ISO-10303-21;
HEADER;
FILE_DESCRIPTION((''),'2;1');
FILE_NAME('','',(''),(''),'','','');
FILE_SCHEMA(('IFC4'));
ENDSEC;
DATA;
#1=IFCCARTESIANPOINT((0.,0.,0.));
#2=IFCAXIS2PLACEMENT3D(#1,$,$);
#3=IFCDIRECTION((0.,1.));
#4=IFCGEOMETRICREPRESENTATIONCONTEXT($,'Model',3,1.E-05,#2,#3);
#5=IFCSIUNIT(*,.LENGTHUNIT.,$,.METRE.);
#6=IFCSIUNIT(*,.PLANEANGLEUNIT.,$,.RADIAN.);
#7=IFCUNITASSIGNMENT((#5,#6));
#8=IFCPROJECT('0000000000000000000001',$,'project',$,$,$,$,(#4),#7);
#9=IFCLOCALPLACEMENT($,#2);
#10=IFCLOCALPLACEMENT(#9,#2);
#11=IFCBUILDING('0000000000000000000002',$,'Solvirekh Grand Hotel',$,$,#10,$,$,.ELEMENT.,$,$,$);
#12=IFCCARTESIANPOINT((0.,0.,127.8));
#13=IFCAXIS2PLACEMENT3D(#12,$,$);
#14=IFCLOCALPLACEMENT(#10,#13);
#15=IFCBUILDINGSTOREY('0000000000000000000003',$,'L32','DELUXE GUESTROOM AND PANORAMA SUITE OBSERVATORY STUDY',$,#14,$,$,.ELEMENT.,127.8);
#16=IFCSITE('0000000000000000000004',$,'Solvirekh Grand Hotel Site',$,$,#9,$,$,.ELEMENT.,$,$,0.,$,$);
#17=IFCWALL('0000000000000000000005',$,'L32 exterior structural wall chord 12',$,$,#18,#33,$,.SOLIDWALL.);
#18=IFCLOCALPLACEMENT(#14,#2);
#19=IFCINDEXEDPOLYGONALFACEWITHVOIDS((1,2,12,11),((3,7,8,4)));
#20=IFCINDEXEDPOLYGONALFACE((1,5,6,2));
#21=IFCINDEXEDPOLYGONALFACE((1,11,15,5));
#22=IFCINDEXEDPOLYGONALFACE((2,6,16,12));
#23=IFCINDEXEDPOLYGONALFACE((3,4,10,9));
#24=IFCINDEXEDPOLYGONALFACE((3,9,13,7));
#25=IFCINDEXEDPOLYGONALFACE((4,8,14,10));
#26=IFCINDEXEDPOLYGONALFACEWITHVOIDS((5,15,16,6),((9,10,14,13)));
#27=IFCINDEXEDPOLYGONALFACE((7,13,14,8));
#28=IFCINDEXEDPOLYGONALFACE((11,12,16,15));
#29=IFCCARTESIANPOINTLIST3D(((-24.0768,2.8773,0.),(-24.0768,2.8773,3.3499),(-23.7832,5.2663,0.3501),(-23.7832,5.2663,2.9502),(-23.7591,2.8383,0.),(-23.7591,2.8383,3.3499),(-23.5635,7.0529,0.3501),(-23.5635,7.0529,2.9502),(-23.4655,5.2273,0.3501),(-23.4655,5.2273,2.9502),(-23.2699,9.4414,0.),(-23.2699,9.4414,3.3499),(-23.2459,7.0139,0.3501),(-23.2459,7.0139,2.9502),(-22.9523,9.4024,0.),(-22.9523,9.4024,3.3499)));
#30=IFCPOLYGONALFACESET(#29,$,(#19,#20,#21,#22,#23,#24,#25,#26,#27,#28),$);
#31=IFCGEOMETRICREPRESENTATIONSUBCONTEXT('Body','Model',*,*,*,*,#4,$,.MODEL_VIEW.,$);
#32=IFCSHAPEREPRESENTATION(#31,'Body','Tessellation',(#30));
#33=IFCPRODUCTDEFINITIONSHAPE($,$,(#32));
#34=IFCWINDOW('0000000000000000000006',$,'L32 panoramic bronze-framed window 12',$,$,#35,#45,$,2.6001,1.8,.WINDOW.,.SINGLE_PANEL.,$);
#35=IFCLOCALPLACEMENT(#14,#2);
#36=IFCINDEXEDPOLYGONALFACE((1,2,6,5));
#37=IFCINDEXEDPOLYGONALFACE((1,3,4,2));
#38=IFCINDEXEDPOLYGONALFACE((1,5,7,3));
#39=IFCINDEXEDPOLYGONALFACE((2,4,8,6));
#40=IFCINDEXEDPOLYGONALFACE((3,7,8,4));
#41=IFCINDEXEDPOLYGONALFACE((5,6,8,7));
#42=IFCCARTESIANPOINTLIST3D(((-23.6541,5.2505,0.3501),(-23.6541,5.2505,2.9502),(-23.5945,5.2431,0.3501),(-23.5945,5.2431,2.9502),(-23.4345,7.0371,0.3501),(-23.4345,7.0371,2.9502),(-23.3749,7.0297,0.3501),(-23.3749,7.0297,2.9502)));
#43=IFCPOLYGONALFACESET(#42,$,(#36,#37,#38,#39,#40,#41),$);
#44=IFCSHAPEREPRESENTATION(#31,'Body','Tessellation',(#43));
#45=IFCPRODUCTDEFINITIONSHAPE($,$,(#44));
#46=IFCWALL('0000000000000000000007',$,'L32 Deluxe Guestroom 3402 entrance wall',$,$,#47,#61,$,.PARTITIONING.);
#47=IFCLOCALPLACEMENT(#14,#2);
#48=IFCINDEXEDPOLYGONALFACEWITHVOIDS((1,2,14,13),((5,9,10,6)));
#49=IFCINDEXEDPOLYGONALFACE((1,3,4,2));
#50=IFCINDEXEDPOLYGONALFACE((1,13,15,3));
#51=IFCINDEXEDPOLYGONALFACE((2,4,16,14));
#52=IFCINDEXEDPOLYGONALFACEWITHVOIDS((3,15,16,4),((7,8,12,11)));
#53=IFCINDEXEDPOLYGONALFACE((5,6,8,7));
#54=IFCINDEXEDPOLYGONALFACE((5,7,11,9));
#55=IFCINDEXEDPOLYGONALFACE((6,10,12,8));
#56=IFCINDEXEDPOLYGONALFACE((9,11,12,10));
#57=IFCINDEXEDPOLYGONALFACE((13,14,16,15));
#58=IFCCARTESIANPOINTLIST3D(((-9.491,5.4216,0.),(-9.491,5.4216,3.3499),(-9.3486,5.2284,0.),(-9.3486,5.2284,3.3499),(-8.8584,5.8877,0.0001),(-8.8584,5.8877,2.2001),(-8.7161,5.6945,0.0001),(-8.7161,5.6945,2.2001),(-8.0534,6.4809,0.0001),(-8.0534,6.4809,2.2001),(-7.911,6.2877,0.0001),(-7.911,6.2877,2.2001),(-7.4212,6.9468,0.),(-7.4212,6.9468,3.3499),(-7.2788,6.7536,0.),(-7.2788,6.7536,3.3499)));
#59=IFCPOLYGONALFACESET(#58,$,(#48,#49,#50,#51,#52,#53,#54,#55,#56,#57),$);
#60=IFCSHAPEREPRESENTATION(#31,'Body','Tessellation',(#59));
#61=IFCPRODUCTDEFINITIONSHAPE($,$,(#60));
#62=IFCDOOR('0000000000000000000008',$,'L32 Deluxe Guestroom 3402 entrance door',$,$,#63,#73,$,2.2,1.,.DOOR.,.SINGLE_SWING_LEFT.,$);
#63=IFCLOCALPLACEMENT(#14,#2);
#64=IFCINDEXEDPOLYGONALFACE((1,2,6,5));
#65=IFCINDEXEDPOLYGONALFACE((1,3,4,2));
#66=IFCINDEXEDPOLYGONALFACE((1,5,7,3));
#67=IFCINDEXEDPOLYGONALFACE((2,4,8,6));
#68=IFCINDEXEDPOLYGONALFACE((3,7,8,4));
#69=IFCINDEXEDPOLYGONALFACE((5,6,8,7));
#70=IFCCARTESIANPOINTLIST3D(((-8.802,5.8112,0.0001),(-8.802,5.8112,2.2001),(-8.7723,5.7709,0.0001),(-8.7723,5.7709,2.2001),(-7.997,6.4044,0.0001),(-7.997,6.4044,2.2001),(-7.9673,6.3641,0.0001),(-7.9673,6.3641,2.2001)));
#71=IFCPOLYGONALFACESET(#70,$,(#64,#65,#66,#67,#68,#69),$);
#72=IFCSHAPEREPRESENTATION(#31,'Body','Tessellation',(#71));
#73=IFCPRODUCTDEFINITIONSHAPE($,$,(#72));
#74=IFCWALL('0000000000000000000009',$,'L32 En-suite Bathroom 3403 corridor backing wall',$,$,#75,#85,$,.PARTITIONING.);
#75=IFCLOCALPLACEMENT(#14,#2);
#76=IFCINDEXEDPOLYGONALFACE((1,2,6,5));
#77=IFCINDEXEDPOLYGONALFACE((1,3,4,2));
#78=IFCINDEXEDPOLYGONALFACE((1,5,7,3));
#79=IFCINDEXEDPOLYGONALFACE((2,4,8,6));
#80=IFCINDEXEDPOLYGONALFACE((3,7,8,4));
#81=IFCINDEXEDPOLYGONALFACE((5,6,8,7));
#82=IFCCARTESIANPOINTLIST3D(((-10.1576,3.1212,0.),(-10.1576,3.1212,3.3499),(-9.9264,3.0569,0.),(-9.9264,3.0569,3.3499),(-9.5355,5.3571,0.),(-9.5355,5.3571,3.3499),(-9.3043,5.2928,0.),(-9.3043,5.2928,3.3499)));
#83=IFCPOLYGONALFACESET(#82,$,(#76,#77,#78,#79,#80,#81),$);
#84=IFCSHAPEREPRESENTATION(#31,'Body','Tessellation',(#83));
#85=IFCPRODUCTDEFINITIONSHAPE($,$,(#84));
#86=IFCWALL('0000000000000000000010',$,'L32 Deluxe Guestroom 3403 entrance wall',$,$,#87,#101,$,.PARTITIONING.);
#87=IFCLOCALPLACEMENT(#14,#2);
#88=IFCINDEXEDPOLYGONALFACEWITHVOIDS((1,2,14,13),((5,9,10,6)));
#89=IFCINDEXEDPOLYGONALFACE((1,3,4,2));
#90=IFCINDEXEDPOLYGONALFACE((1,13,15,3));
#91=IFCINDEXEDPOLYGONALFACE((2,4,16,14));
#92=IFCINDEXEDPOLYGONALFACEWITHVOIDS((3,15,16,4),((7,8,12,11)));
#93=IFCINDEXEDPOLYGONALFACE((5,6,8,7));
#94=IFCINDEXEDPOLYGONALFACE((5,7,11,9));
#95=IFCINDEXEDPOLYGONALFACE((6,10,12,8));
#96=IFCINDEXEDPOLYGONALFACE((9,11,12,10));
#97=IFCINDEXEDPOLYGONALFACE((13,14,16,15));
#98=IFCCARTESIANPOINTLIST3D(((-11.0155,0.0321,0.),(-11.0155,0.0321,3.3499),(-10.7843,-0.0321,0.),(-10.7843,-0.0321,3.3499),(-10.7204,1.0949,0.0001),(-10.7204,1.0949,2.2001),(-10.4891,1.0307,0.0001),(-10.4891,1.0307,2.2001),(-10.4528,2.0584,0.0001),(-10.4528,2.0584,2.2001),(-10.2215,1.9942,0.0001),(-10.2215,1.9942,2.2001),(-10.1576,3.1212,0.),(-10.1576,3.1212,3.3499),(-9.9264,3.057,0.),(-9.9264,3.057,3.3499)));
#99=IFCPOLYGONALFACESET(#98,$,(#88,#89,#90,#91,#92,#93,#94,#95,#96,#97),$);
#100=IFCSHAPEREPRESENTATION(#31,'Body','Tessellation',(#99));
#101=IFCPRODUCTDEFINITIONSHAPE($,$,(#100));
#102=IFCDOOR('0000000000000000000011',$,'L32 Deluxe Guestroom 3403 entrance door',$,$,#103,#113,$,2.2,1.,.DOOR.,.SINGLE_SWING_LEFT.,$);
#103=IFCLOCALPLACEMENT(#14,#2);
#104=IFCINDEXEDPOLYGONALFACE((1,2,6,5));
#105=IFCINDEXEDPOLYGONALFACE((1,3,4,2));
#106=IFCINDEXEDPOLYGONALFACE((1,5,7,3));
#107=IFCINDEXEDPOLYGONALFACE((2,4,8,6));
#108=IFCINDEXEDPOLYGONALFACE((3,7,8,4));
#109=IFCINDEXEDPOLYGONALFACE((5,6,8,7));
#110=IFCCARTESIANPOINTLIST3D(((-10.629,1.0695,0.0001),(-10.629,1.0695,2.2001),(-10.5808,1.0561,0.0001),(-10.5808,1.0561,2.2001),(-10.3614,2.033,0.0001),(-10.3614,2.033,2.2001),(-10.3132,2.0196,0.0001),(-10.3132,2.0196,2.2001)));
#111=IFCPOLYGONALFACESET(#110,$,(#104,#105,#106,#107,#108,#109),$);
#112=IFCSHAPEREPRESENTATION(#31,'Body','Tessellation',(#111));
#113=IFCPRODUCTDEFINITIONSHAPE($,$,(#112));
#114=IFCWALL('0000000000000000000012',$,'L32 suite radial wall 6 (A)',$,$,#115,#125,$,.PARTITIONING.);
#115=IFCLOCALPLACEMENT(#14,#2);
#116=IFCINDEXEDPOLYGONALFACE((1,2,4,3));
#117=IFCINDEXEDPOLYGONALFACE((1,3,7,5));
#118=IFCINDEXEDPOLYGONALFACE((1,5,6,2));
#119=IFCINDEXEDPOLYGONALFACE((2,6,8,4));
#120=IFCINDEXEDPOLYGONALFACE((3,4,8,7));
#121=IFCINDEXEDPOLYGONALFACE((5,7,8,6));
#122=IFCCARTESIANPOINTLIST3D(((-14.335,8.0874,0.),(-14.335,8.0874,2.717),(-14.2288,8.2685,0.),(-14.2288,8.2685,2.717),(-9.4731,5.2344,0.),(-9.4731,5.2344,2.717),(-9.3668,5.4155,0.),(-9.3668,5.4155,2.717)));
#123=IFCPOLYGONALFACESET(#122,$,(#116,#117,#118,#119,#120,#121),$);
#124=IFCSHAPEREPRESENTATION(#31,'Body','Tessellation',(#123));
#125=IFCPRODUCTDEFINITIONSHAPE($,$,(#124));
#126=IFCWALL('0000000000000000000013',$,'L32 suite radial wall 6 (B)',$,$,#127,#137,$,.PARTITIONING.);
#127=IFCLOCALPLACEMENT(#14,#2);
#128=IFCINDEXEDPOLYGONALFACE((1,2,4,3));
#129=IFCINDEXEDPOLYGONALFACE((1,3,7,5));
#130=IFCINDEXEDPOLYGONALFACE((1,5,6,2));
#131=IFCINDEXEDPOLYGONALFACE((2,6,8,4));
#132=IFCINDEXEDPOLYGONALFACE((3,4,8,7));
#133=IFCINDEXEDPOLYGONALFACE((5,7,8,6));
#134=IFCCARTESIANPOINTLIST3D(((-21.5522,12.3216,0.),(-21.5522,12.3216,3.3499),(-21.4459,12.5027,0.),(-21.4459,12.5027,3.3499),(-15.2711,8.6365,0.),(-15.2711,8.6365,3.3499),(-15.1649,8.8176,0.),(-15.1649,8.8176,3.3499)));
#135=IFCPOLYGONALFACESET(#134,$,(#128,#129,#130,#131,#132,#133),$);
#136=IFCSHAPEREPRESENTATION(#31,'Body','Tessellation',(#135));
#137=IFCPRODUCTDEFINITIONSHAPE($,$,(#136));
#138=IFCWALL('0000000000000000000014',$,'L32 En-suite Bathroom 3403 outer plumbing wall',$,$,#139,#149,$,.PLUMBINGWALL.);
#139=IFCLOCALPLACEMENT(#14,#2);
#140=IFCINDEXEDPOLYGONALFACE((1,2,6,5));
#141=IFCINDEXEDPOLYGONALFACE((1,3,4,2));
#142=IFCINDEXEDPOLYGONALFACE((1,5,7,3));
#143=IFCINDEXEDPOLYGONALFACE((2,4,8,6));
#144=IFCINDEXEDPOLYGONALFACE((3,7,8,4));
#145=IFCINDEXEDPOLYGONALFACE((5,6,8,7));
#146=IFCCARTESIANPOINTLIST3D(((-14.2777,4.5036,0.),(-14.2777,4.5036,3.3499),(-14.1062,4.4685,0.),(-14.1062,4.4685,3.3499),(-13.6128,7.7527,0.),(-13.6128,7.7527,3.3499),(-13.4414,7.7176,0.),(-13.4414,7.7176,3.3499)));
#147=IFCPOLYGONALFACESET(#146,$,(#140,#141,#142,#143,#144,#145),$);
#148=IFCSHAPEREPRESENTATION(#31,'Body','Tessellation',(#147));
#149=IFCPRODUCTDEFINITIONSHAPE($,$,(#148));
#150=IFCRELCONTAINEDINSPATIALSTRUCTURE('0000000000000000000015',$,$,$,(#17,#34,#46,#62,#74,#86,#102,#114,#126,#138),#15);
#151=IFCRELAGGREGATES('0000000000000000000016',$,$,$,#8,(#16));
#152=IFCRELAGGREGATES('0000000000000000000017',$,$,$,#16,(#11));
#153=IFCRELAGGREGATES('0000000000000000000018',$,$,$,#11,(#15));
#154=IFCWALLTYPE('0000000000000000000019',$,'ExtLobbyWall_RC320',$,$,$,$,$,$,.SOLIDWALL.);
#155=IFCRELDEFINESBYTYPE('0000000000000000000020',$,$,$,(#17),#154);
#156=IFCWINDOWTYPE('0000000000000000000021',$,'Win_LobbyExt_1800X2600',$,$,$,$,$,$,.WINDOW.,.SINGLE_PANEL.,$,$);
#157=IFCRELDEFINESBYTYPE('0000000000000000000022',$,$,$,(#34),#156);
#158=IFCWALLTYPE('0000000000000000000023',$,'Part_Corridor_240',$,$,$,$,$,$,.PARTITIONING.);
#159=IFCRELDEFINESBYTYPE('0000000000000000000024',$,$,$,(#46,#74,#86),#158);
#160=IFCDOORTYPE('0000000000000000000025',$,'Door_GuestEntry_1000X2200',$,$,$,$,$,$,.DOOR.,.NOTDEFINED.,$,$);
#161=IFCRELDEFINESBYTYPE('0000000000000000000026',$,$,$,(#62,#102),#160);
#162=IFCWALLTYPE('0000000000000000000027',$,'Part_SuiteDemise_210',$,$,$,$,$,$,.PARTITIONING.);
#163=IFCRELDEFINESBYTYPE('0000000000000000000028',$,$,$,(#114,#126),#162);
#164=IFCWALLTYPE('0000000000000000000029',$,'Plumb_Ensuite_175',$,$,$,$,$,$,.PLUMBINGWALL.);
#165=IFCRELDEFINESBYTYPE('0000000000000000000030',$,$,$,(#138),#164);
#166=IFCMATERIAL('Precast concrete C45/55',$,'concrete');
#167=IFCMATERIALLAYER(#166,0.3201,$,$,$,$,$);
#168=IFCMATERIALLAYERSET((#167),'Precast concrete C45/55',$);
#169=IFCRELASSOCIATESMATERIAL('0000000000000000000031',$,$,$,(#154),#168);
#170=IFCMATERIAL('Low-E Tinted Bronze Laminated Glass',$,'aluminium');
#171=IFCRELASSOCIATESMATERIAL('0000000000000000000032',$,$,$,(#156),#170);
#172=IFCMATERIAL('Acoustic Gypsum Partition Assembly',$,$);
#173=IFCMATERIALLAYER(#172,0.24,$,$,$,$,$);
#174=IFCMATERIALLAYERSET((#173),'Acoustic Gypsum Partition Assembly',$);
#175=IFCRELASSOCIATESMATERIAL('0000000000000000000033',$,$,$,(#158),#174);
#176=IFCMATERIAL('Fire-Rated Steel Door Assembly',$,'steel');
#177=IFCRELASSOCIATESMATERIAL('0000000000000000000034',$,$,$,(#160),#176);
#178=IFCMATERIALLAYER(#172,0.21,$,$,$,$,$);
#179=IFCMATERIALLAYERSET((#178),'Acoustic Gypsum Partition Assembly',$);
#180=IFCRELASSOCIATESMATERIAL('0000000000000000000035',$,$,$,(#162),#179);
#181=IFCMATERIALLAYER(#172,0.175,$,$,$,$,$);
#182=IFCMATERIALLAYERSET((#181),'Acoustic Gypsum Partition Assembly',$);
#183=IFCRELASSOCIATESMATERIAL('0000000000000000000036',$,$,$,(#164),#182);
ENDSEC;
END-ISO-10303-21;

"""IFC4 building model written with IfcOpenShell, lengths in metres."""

from ifc_helpers import new_model, si_unit, direction, frame, frame_2d, origin, place, context, subcontext, project, spatial, rectangle, extrude, material, layer, layer_set, type_object, element, fill, save


model = new_model("IFC4")

# Units and contexts
model_context = context("Model", 3, precision=1e-05, world=origin(), true_north=direction((0.0, 1.0)))
body_context = subcontext(model_context, "Body", "Model", "MODEL_VIEW")
ifc_project = project(units=[si_unit("LENGTHUNIT", "METRE"), si_unit("PLANEANGLEUNIT", "RADIAN")], contexts=[model_context])

# Site, building, storey
site_placement = place(None, origin())
site = spatial("IfcSite", under=ifc_project, at=site_placement, Name="Solvirekh Grand Hotel Site", CompositionType="ELEMENT", RefElevation=0.0)
building_placement = place(site_placement, origin())
building = spatial("IfcBuilding", under=site, at=building_placement, Name="Solvirekh Grand Hotel", CompositionType="ELEMENT")
storey_placement = place(building_placement, frame((0.0, 0.0, 127.8)))
storey = spatial("IfcBuildingStorey", under=building, at=storey_placement, Name="L32", Description="DELUXE GUESTROOM AND PANORAMA SUITE OBSERVATORY STUDY", CompositionType="ELEMENT", Elevation=127.8)

# Shared definitions
ifc_material_1 = material(Name="Low-E Tinted Bronze Laminated Glass", Category="aluminium")

# Wall, opening, window
ifc_material_2 = material(Name="Precast concrete C45/55", Category="concrete")
ifc_layer_1 = layer(ifc_material_2, 0.3201)
ifc_layer_set_1 = layer_set([ifc_layer_1], Name="Precast concrete C45/55")
wall_type_1 = type_object("IfcWallType", Name="ExtLobbyWall_RC320", PredefinedType="SOLIDWALL", material=ifc_layer_set_1)
wall_1_placement = place(storey_placement, frame((-23.918, 2.8579, 0.0), z_axis=(0.0, 0.0, 1.0), x_axis=(0.122004, 0.99253, 0.0)))
wall_1 = element("IfcWall", 1, at=wall_1_placement, inside=storey, type_object=wall_type_1, Name="L32 exterior structural wall chord 12", PredefinedType="SOLIDWALL", context=body_context, shape_type="SweptSolid", body=[
    extrude(rectangle(XDim=6.6135, YDim=0.3201, at=frame_2d((3.3066, 0.0))), origin(), (0.0, 0.0, 1.0), 3.3499),
])
opening_1_placement = place(wall_1_placement, frame((2.407, 0.0, 0.3501)))
opening_1 = element("IfcOpeningElement", 2, at=opening_1_placement, cuts=wall_1, PredefinedType="OPENING", context=body_context, shape_type="SweptSolid", body=[
    extrude(rectangle(XDim=1.8, YDim=2.6001, at=frame_2d((0.8999, 1.3))), frame((0.0, 0.1699, 0.0), z_axis=(0.0, -1.0, 0.0), x_axis=(1.0, 0.0, 0.0)), (0.0, 0.0, 1.0), 0.3401),
])
window_type = type_object("IfcWindowType", Name="Win_LobbyExt_1800X2600", PartitioningType="SINGLE_PANEL", PredefinedType="WINDOW", material=ifc_material_1)
window_placement = place(opening_1_placement, origin())
window = element("IfcWindow", 3, at=window_placement, inside=storey, type_object=window_type, Name="L32 panoramic bronze-framed window 12", OverallHeight=2.6001, OverallWidth=1.8, PartitioningType="SINGLE_PANEL", PredefinedType="WINDOW", context=body_context, shape_type="SweptSolid", body=[
    extrude(rectangle(XDim=1.8, YDim=2.6001, at=frame_2d((0.8999, 1.3))), frame((0.0, 0.03, 0.0), z_axis=(0.0, -1.0, 0.0), x_axis=(1.0, 0.0, 0.0)), (0.0, 0.0, 1.0), 0.0601),
])
fill(opening_1, window)

# Wall, opening, door
ifc_material_3 = material(Name="Acoustic Gypsum Partition Assembly")
ifc_layer_2 = layer(ifc_material_3, 0.24)
ifc_layer_set_2 = layer_set([ifc_layer_2], Name="Acoustic Gypsum Partition Assembly")
wall_type_2 = type_object("IfcWallType", Name="Part_Corridor_240", PredefinedType="PARTITIONING", material=ifc_layer_set_2)
wall_2_placement = place(storey_placement, frame((-9.4199, 5.325, 0.0), z_axis=(0.0, 0.0, 1.0), x_axis=(0.805053, 0.593202, 0.0)))
wall_2 = element("IfcWall", 4, at=wall_2_placement, inside=storey, type_object=wall_type_2, Name="L32 Deluxe Guestroom 3402 entrance wall", PredefinedType="PARTITIONING", context=body_context, shape_type="SweptSolid", body=[
    extrude(rectangle(XDim=2.571, YDim=0.24, at=frame_2d((1.2856, 0.0))), origin(), (0.0, 0.0, 1.0), 3.3499),
])
opening_2_placement = place(wall_2_placement, frame((0.7859, 0.0, 0.0)))
opening_2 = element("IfcOpeningElement", 5, at=opening_2_placement, cuts=wall_2, PredefinedType="OPENING", context=body_context, shape_type="SweptSolid", body=[
    extrude(rectangle(XDim=1.0, YDim=2.2, at=frame_2d((0.5, 1.1001))), frame((0.0, 0.1299, 0.0), z_axis=(0.0, -1.0, 0.0), x_axis=(1.0, 0.0, 0.0)), (0.0, 0.0, 1.0), 0.26),
])
ifc_material_4 = material(Name="Fire-Rated Steel Door Assembly", Category="steel")
door_type_1 = type_object("IfcDoorType", Name="Door_GuestEntry_1000X2200", OperationType="NOTDEFINED", PredefinedType="DOOR", material=ifc_material_4)
door_1_placement = place(opening_2_placement, origin())
door_1 = element("IfcDoor", 6, at=door_1_placement, inside=storey, type_object=door_type_1, Name="L32 Deluxe Guestroom 3402 entrance door", OperationType="SINGLE_SWING_LEFT", OverallHeight=2.2, OverallWidth=1.0, PredefinedType="DOOR", context=body_context, shape_type="SweptSolid", body=[
    extrude(rectangle(XDim=1.0, YDim=2.2, at=frame_2d((0.5, 1.1001))), frame((0.0, 0.0249, 0.0), z_axis=(0.0, -1.0, 0.0), x_axis=(1.0, 0.0, 0.0)), (0.0, 0.0, 1.0), 0.05),
])
fill(opening_2, door_1)

# Wall
wall_3_placement = place(storey_placement, frame((-9.4199, 5.325, 0.0), z_axis=(0.0, 0.0, 1.0), x_axis=(-0.268045, -0.963406, 0.0)))
element("IfcWall", 7, at=wall_3_placement, inside=storey, type_object=wall_type_2, Name="L32 En-suite Bathroom 3403 corridor backing wall", PredefinedType="PARTITIONING", context=body_context, shape_type="SweptSolid", body=[
    extrude(rectangle(XDim=2.3208, YDim=0.24, at=frame_2d((1.1604, 0.0))), origin(), (0.0, 0.0, 1.0), 3.3499),
])

# Wall, opening, door
wall_4_placement = place(storey_placement, frame((-10.042, 3.0891, 0.0), z_axis=(0.0, 0.0, 1.0), x_axis=(-0.267593, -0.963532, 0.0)))
wall_4 = element("IfcWall", 8, at=wall_4_placement, inside=storey, type_object=wall_type_2, Name="L32 Deluxe Guestroom 3403 entrance wall", PredefinedType="PARTITIONING", context=body_context, shape_type="SweptSolid", body=[
    extrude(rectangle(XDim=3.2061, YDim=0.24, at=frame_2d((1.603, 0.0))), origin(), (0.0, 0.0, 1.0), 3.3499),
])
opening_3_placement = place(wall_4_placement, frame((1.103, 0.0, 0.0)))
opening_3 = element("IfcOpeningElement", 9, at=opening_3_placement, cuts=wall_4, PredefinedType="OPENING", context=body_context, shape_type="SweptSolid", body=[
    extrude(rectangle(XDim=1.0, YDim=2.2, at=frame_2d((0.5, 1.1001))), frame((0.0, 0.1299, 0.0), z_axis=(0.0, -1.0, 0.0), x_axis=(1.0, 0.0, 0.0)), (0.0, 0.0, 1.0), 0.26),
])
door_2_placement = place(opening_3_placement, origin())
door_2 = element("IfcDoor", 10, at=door_2_placement, inside=storey, type_object=door_type_1, Name="L32 Deluxe Guestroom 3403 entrance door", OperationType="SINGLE_SWING_LEFT", OverallHeight=2.2, OverallWidth=1.0, PredefinedType="DOOR", context=body_context, shape_type="SweptSolid", body=[
    extrude(rectangle(XDim=1.0, YDim=2.2, at=frame_2d((0.5, 1.1001))), frame((0.0, 0.0249, 0.0), z_axis=(0.0, -1.0, 0.0), x_axis=(1.0, 0.0, 0.0)), (0.0, 0.0, 1.0), 0.05),
])
fill(opening_3, door_2)

# Walls
ifc_layer_3 = layer(ifc_material_3, 0.21)
ifc_layer_set_3 = layer_set([ifc_layer_3], Name="Acoustic Gypsum Partition Assembly")
wall_type_3 = type_object("IfcWallType", Name="Part_SuiteDemise_210", PredefinedType="PARTITIONING", material=ifc_layer_set_3)
wall_5_placement = place(storey_placement, frame((-9.4199, 5.325, 0.0), z_axis=(0.0, 0.0, 1.0), x_axis=(-0.862477, 0.506096, 0.0)))
element("IfcWall", 11, at=wall_5_placement, inside=storey, type_object=wall_type_3, Name="L32 suite radial wall 6 (A)", PredefinedType="PARTITIONING", context=body_context, shape_type="SweptSolid", body=[
    extrude(rectangle(XDim=5.6372, YDim=0.21, at=frame_2d((2.8186, 0.0))), origin(), (0.0, 0.0, 1.0), 2.717),
])
wall_6_placement = place(storey_placement, frame((-15.218, 8.7271, 0.0), z_axis=(0.0, 0.0, 1.0), x_axis=(-0.862513, 0.506035, 0.0)))
element("IfcWall", 12, at=wall_6_placement, inside=storey, type_object=wall_type_3, Name="L32 suite radial wall 6 (B)", PredefinedType="PARTITIONING", context=body_context, shape_type="SweptSolid", body=[
    extrude(rectangle(XDim=7.2822, YDim=0.21, at=frame_2d((3.6411, 0.0))), origin(), (0.0, 0.0, 1.0), 3.3499),
])
ifc_layer_4 = layer(ifc_material_3, 0.175)
ifc_layer_set_4 = layer_set([ifc_layer_4], Name="Acoustic Gypsum Partition Assembly")
wall_type_4 = type_object("IfcWallType", Name="Plumb_Ensuite_175", PredefinedType="PLUMBINGWALL", material=ifc_layer_set_4)
wall_7_placement = place(storey_placement, frame((-13.5271, 7.7351, 0.0), z_axis=(0.0, 0.0, 1.0), x_axis=(-0.20046, -0.979702, 0.0)))
element("IfcWall", 13, at=wall_7_placement, inside=storey, type_object=wall_type_4, Name="L32 En-suite Bathroom 3403 outer plumbing wall", PredefinedType="PLUMBINGWALL", context=body_context, shape_type="SweptSolid", body=[
    extrude(rectangle(XDim=3.3164, YDim=0.175, at=frame_2d((1.6582, 0.0))), origin(), (0.0, 0.0, 1.0), 3.3499),
])

save(model, "model.ifc")
